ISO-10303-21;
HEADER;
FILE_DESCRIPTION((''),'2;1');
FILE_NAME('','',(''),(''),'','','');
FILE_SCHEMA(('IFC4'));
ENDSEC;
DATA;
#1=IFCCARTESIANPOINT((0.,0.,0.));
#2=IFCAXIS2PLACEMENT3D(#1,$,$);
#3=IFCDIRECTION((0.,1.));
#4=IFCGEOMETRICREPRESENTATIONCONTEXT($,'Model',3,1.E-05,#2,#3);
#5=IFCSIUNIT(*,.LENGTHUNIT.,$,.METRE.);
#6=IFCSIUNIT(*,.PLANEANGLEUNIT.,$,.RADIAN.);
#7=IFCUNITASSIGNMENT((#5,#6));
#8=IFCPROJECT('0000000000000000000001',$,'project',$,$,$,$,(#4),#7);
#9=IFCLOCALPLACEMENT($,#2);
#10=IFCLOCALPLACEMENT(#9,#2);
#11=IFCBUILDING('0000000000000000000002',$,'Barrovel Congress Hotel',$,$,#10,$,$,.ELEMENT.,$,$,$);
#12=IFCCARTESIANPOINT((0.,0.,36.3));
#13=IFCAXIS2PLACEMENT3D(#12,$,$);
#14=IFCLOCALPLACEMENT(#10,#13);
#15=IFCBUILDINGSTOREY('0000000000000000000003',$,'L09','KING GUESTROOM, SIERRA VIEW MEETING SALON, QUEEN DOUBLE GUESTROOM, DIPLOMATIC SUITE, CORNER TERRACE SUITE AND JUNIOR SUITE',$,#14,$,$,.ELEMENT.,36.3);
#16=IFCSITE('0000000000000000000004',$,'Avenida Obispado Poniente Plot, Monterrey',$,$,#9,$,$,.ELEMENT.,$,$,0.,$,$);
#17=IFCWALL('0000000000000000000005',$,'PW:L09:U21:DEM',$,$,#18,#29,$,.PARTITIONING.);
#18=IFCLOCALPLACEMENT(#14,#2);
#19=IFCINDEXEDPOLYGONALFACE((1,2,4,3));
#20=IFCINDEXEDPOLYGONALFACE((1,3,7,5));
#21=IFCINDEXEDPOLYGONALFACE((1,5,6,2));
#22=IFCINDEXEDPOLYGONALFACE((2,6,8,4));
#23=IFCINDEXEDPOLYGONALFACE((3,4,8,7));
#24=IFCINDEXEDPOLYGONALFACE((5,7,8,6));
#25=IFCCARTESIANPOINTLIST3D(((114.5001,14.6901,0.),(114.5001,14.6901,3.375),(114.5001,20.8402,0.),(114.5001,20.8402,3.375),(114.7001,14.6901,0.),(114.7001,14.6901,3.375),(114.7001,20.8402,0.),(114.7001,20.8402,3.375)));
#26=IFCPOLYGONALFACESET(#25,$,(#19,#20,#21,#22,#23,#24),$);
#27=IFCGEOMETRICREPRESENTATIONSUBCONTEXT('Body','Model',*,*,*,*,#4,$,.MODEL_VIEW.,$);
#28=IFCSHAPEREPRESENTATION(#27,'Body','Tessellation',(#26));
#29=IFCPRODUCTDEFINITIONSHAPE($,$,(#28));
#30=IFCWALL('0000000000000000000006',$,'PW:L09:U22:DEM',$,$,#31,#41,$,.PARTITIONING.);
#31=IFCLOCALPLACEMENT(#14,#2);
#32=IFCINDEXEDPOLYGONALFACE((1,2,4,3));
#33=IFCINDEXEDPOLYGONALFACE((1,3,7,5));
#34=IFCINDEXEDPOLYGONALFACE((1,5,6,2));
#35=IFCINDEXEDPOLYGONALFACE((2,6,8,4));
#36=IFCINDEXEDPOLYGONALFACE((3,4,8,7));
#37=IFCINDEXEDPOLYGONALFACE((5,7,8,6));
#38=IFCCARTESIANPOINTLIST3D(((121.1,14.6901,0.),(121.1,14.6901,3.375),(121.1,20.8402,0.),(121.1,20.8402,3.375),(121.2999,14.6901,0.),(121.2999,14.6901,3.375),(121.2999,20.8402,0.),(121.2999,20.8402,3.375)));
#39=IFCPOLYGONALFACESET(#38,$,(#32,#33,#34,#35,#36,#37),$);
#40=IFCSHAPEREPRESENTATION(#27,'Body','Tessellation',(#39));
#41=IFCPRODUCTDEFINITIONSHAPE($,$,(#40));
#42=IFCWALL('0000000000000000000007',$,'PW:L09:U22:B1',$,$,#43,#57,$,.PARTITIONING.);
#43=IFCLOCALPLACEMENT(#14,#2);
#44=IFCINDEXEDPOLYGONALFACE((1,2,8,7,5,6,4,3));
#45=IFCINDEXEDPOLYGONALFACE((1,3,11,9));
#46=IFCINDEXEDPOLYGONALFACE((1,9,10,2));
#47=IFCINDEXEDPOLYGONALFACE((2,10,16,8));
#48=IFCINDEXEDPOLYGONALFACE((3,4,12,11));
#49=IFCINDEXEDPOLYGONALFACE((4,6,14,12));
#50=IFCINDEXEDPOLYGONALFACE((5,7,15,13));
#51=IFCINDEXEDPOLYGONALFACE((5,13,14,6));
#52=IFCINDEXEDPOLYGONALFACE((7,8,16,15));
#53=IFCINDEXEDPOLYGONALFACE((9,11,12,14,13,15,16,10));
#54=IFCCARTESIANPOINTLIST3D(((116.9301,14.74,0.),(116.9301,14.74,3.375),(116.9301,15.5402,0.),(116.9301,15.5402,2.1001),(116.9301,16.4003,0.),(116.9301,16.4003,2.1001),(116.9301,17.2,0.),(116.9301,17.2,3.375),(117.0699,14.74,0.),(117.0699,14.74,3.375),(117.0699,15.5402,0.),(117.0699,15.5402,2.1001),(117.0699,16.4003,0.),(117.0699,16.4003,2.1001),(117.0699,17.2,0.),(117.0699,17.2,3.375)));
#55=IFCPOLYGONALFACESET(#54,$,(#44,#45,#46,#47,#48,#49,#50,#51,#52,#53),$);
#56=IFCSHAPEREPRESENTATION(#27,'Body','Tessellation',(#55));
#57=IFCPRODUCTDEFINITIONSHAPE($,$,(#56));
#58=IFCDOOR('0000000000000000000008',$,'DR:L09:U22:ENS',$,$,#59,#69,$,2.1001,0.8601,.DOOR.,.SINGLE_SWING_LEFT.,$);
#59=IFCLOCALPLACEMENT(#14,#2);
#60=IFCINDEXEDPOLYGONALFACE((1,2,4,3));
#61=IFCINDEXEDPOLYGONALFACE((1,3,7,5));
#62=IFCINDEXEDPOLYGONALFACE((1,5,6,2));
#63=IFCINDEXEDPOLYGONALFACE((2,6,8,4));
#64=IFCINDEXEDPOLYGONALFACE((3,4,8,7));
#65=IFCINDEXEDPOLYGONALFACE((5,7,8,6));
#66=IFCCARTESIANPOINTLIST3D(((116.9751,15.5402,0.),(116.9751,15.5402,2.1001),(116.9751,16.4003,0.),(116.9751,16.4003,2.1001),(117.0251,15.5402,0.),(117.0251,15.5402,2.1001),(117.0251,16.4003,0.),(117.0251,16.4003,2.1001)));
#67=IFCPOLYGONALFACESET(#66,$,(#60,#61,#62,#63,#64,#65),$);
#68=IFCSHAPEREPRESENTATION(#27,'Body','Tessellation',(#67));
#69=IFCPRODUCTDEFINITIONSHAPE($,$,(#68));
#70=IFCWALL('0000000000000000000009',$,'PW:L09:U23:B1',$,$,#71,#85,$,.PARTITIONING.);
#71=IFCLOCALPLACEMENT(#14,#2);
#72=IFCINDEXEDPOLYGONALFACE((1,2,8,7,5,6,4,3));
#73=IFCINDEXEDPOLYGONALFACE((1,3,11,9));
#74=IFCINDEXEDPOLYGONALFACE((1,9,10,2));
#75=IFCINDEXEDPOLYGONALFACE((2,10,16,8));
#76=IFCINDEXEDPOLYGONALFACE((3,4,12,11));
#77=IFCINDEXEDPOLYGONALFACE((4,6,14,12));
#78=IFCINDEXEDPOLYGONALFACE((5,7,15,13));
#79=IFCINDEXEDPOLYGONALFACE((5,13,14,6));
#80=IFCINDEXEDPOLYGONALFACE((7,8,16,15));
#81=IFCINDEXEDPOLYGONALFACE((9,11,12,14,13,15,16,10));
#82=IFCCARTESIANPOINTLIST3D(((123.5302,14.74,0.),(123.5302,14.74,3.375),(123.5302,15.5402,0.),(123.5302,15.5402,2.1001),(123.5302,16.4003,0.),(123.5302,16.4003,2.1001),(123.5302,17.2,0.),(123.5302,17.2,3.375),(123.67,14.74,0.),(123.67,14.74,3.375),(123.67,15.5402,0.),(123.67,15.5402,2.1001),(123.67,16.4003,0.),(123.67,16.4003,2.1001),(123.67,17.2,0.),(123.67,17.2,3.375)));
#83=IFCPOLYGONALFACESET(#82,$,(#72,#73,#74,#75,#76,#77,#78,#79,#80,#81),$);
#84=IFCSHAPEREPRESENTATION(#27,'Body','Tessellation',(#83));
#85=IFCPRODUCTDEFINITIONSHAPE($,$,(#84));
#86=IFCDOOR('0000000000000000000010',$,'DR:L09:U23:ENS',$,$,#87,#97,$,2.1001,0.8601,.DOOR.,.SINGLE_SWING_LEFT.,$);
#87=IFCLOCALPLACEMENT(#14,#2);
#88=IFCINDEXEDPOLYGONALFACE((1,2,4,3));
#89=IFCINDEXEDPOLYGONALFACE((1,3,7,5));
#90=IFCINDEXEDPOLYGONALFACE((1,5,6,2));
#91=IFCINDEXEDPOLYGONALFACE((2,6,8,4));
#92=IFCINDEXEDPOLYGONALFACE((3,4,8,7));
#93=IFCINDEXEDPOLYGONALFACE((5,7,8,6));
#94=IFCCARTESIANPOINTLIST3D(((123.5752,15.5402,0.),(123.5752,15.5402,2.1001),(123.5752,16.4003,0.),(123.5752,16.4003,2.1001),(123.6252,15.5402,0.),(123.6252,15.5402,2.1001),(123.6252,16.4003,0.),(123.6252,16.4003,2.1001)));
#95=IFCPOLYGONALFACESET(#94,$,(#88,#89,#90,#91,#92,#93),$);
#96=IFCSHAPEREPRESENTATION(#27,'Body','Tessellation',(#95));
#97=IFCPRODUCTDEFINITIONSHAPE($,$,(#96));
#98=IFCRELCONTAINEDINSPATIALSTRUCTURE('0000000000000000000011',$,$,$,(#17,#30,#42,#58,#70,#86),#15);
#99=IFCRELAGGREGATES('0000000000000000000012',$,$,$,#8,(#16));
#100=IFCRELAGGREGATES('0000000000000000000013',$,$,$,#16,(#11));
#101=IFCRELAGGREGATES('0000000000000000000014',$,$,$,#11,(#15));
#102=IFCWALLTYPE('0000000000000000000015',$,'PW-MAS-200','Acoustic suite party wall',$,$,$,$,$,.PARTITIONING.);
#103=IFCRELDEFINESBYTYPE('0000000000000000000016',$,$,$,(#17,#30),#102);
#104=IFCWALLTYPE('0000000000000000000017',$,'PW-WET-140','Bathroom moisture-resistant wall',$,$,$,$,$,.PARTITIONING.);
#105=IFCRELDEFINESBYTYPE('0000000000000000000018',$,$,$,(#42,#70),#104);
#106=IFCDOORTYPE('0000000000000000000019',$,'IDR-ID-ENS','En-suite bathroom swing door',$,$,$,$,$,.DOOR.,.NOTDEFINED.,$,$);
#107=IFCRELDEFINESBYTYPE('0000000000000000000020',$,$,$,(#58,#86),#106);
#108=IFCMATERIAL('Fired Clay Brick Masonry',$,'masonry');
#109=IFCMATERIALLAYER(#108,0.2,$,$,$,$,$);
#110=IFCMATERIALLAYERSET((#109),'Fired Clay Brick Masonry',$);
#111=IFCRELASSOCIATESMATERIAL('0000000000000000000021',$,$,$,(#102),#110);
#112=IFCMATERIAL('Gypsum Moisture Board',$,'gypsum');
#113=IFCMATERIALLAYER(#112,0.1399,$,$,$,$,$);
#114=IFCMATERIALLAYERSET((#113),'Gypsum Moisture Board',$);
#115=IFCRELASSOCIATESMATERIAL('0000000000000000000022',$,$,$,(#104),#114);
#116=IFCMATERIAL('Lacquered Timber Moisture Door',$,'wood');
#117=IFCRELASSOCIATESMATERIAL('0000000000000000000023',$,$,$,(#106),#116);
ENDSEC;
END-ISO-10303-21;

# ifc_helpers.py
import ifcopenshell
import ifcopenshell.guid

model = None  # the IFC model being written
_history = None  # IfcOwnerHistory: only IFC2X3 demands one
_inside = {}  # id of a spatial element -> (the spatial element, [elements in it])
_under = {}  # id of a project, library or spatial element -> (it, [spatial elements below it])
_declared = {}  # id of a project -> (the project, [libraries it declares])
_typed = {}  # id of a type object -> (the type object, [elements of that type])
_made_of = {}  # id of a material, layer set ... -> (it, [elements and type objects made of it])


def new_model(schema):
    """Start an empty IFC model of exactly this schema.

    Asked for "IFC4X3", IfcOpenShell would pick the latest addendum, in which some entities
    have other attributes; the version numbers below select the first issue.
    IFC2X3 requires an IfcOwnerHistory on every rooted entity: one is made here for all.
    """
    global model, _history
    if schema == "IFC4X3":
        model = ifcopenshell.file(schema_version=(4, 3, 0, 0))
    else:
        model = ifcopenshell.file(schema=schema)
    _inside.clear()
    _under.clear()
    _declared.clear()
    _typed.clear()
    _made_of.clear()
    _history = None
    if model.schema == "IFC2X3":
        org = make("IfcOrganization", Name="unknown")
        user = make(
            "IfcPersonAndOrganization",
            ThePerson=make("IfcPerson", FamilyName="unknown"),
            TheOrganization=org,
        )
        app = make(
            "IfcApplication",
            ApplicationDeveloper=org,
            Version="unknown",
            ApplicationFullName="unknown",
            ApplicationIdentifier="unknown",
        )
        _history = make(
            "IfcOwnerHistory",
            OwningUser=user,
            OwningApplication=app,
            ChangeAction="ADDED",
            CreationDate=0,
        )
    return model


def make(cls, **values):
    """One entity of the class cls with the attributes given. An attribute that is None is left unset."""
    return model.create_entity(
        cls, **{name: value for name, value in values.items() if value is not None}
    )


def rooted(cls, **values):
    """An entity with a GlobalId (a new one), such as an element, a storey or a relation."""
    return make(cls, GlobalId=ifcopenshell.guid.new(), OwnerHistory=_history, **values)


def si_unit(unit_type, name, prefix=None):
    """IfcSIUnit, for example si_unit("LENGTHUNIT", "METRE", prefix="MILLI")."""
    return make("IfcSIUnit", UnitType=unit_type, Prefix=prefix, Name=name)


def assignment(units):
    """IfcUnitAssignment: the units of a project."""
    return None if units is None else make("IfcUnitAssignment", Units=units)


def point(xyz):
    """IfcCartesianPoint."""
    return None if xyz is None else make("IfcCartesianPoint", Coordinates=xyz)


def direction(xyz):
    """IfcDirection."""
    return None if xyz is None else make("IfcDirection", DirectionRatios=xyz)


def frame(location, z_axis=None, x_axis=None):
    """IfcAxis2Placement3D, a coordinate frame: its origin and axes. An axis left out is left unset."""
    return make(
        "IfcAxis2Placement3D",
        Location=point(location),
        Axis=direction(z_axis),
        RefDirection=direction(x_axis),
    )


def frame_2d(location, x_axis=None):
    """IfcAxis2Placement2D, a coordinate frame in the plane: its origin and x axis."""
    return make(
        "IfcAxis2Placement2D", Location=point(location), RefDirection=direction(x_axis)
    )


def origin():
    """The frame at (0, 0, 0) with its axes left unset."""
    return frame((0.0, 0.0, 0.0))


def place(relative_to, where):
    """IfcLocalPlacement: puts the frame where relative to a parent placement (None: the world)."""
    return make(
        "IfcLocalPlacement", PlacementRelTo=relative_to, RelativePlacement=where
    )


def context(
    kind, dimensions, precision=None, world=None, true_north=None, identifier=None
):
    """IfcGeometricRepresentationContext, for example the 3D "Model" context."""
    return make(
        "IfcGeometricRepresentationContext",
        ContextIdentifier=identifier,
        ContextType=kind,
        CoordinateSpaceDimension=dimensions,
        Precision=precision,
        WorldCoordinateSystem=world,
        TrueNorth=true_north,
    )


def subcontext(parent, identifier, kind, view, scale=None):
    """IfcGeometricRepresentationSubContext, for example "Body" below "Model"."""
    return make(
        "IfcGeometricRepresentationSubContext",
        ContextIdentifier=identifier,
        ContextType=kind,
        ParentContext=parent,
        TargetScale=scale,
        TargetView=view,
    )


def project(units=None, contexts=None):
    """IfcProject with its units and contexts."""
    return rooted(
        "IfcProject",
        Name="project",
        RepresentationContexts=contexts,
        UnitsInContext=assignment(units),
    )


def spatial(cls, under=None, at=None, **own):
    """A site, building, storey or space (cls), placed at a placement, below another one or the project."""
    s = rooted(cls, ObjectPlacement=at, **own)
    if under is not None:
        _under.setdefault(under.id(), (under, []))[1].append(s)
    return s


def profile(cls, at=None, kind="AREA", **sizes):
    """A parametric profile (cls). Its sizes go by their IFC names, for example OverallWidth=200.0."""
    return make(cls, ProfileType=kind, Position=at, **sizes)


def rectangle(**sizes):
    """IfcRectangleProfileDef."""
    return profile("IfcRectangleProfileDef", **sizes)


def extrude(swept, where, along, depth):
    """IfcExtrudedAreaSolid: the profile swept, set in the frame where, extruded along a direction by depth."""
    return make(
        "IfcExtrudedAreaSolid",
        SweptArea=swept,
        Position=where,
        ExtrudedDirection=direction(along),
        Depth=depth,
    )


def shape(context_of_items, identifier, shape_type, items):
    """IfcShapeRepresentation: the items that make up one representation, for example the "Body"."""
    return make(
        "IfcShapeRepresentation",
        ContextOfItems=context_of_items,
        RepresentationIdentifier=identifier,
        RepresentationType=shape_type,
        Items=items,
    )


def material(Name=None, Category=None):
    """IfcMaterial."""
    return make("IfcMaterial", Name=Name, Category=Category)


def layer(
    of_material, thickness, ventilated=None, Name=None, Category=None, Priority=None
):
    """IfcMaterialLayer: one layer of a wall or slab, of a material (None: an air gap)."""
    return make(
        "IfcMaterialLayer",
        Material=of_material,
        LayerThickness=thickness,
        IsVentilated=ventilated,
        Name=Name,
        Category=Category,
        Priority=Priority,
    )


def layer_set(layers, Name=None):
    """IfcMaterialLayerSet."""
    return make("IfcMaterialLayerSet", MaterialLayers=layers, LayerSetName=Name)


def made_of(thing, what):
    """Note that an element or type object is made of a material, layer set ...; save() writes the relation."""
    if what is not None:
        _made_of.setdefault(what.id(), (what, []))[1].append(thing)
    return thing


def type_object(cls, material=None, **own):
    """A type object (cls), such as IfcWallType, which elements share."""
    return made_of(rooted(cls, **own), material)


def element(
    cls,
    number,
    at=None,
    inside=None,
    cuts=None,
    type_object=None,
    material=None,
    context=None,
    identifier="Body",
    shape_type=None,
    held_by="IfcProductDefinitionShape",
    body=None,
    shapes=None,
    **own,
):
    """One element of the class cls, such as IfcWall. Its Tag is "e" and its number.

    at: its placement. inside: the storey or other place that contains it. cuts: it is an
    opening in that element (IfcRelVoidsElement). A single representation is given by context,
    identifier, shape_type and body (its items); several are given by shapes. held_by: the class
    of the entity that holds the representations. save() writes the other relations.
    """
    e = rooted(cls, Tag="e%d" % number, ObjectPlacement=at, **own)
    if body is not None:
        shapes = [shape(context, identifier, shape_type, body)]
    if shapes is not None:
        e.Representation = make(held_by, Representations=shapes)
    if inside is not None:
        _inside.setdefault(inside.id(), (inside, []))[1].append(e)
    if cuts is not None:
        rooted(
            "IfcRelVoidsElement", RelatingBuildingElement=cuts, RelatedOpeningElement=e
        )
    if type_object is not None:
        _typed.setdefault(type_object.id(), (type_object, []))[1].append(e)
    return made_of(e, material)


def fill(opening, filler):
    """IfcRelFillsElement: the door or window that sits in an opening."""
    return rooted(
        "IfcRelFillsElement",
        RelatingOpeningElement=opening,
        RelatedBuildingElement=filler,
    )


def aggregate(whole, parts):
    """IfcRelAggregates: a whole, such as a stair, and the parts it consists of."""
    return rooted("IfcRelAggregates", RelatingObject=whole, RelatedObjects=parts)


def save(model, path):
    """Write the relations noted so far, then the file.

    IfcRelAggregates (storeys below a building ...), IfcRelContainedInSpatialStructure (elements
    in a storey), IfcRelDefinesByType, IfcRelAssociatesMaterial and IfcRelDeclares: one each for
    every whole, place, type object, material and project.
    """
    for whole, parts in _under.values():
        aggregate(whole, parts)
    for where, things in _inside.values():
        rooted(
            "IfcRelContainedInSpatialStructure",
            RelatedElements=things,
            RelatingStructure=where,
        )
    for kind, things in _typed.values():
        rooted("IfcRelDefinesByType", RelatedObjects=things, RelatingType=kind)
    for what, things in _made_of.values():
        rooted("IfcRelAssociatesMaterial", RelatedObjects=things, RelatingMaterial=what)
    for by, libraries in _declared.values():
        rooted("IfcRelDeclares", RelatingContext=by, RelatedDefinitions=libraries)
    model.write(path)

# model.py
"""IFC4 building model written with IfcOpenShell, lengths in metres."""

from ifc_helpers import new_model, si_unit, direction, frame, frame_2d, origin, place, context, subcontext, project, spatial, rectangle, extrude, material, layer, layer_set, type_object, element, fill, save


model = new_model("IFC4")

# Units and contexts
model_context = context("Model", 3, precision=1e-05, world=origin(), true_north=direction((0.0, 1.0)))
body_context = subcontext(model_context, "Body", "Model", "MODEL_VIEW")
ifc_project = project(units=[si_unit("LENGTHUNIT", "METRE"), si_unit("PLANEANGLEUNIT", "RADIAN")], contexts=[model_context])

# Site, building, storey
site_placement = place(None, origin())
site = spatial("IfcSite", under=ifc_project, at=site_placement, Name="Avenida Obispado Poniente Plot, Monterrey", CompositionType="ELEMENT", RefElevation=0.0)
building_placement = place(site_placement, origin())
building = spatial("IfcBuilding", under=site, at=building_placement, Name="Barrovel Congress Hotel", CompositionType="ELEMENT")
storey_placement = place(building_placement, frame((0.0, 0.0, 36.3)))
storey = spatial("IfcBuildingStorey", under=building, at=storey_placement, Name="L09", Description="KING GUESTROOM, SIERRA VIEW MEETING SALON, QUEEN DOUBLE GUESTROOM, DIPLOMATIC SUITE, CORNER TERRACE SUITE AND JUNIOR SUITE", CompositionType="ELEMENT", Elevation=36.3)

# Shared definitions
ifc_material_1 = material(Name="Fired Clay Brick Masonry", Category="masonry")

# Walls
ifc_layer_1 = layer(ifc_material_1, 0.2)
ifc_layer_set_1 = layer_set([ifc_layer_1], Name="Fired Clay Brick Masonry")
wall_type_1 = type_object("IfcWallType", Name="PW-MAS-200", Description="Acoustic suite party wall", PredefinedType="PARTITIONING", material=ifc_layer_set_1)
for number, where, z_axis, x_axis, name in (
    (1, (114.6001, 14.6899, 0.0), (0.0, 0.0, 1.0), (0.0, 1.0, 0.0), "PW:L09:U21:DEM"),
    (2, (121.2, 14.6899, 0.0), (0.0, 0.0, 1.0), (0.0, 1.0, 0.0), "PW:L09:U22:DEM"),
):
    element("IfcWall", number, at=place(storey_placement, frame(where, z_axis=z_axis, x_axis=x_axis)), inside=storey, type_object=wall_type_1, Name=name, PredefinedType="PARTITIONING", context=body_context, shape_type="SweptSolid", body=[
        extrude(rectangle(XDim=6.1501, YDim=0.2, at=frame_2d((3.0752, 0.0))), origin(), (0.0, 0.0, 1.0), 3.375),
    ])

# Walls, openings, doors
ifc_material_2 = material(Name="Gypsum Moisture Board", Category="gypsum")
ifc_layer_2 = layer(ifc_material_2, 0.1399)
ifc_layer_set_2 = layer_set([ifc_layer_2], Name="Gypsum Moisture Board")
wall_type_2 = type_object("IfcWallType", Name="PW-WET-140", Description="Bathroom moisture-resistant wall", PredefinedType="PARTITIONING", material=ifc_layer_set_2)
wall_1_placement = place(storey_placement, frame((117.0, 14.74, 0.0), z_axis=(0.0, 0.0, 1.0), x_axis=(0.0, 1.0, 0.0)))
wall_1 = element("IfcWall", 3, at=wall_1_placement, inside=storey, type_object=wall_type_2, Name="PW:L09:U22:B1", PredefinedType="PARTITIONING", context=body_context, shape_type="SweptSolid", body=[
    extrude(rectangle(XDim=2.46, YDim=0.1399, at=frame_2d((1.23, 0.0))), origin(), (0.0, 0.0, 1.0), 3.375),
])
opening_1_placement = place(wall_1_placement, frame((0.8, 0.0, 0.0)))
opening_1 = element("IfcOpeningElement", 4, at=opening_1_placement, cuts=wall_1, PredefinedType="OPENING", context=body_context, shape_type="SweptSolid", body=[
    extrude(rectangle(XDim=0.8601, YDim=2.1001, at=frame_2d((0.4302, 1.05))), frame((0.0, 0.0801, 0.0), z_axis=(0.0, -1.0, 0.0), x_axis=(1.0, 0.0, 0.0)), (0.0, 0.0, 1.0), 0.1599),
])
ifc_material_3 = material(Name="Lacquered Timber Moisture Door", Category="wood")
door_type_1 = type_object("IfcDoorType", Name="IDR-ID-ENS", Description="En-suite bathroom swing door", OperationType="NOTDEFINED", PredefinedType="DOOR", material=ifc_material_3)
door_1_placement = place(opening_1_placement, origin())
door_1 = element("IfcDoor", 5, at=door_1_placement, inside=storey, type_object=door_type_1, Name="DR:L09:U22:ENS", OperationType="SINGLE_SWING_LEFT", OverallHeight=2.1001, OverallWidth=0.8601, PredefinedType="DOOR", context=body_context, shape_type="SweptSolid", body=[
    extrude(rectangle(XDim=0.8601, YDim=2.1001, at=frame_2d((0.4302, 1.05))), frame((0.0, 0.0249, 0.0), z_axis=(0.0, -1.0, 0.0), x_axis=(1.0, 0.0, 0.0)), (0.0, 0.0, 1.0), 0.05),
])
fill(opening_1, door_1)
wall_2_placement = place(storey_placement, frame((123.6001, 14.74, 0.0), z_axis=(0.0, 0.0, 1.0), x_axis=(0.0, 1.0, 0.0)))
wall_2 = element("IfcWall", 6, at=wall_2_placement, inside=storey, type_object=wall_type_2, Name="PW:L09:U23:B1", PredefinedType="PARTITIONING", context=body_context, shape_type="SweptSolid", body=[
    extrude(rectangle(XDim=2.46, YDim=0.1399, at=frame_2d((1.23, 0.0))), origin(), (0.0, 0.0, 1.0), 3.375),
])
opening_2_placement = place(wall_2_placement, frame((0.8, 0.0, 0.0)))
opening_2 = element("IfcOpeningElement", 7, at=opening_2_placement, cuts=wall_2, PredefinedType="OPENING", context=body_context, shape_type="SweptSolid", body=[
    extrude(rectangle(XDim=0.8601, YDim=2.1001, at=frame_2d((0.4302, 1.05))), frame((0.0, 0.0801, 0.0), z_axis=(0.0, -1.0, 0.0), x_axis=(1.0, 0.0, 0.0)), (0.0, 0.0, 1.0), 0.1599),
])
door_2_placement = place(opening_2_placement, origin())
door_2 = element("IfcDoor", 8, at=door_2_placement, inside=storey, type_object=door_type_1, Name="DR:L09:U23:ENS", OperationType="SINGLE_SWING_LEFT", OverallHeight=2.1001, OverallWidth=0.8601, PredefinedType="DOOR", context=body_context, shape_type="SweptSolid", body=[
    extrude(rectangle(XDim=0.8601, YDim=2.1001, at=frame_2d((0.4302, 1.05))), frame((0.0, 0.0249, 0.0), z_axis=(0.0, -1.0, 0.0), x_axis=(1.0, 0.0, 0.0)), (0.0, 0.0, 1.0), 0.05),
])
fill(opening_2, door_2)

save(model, "model.ifc")
